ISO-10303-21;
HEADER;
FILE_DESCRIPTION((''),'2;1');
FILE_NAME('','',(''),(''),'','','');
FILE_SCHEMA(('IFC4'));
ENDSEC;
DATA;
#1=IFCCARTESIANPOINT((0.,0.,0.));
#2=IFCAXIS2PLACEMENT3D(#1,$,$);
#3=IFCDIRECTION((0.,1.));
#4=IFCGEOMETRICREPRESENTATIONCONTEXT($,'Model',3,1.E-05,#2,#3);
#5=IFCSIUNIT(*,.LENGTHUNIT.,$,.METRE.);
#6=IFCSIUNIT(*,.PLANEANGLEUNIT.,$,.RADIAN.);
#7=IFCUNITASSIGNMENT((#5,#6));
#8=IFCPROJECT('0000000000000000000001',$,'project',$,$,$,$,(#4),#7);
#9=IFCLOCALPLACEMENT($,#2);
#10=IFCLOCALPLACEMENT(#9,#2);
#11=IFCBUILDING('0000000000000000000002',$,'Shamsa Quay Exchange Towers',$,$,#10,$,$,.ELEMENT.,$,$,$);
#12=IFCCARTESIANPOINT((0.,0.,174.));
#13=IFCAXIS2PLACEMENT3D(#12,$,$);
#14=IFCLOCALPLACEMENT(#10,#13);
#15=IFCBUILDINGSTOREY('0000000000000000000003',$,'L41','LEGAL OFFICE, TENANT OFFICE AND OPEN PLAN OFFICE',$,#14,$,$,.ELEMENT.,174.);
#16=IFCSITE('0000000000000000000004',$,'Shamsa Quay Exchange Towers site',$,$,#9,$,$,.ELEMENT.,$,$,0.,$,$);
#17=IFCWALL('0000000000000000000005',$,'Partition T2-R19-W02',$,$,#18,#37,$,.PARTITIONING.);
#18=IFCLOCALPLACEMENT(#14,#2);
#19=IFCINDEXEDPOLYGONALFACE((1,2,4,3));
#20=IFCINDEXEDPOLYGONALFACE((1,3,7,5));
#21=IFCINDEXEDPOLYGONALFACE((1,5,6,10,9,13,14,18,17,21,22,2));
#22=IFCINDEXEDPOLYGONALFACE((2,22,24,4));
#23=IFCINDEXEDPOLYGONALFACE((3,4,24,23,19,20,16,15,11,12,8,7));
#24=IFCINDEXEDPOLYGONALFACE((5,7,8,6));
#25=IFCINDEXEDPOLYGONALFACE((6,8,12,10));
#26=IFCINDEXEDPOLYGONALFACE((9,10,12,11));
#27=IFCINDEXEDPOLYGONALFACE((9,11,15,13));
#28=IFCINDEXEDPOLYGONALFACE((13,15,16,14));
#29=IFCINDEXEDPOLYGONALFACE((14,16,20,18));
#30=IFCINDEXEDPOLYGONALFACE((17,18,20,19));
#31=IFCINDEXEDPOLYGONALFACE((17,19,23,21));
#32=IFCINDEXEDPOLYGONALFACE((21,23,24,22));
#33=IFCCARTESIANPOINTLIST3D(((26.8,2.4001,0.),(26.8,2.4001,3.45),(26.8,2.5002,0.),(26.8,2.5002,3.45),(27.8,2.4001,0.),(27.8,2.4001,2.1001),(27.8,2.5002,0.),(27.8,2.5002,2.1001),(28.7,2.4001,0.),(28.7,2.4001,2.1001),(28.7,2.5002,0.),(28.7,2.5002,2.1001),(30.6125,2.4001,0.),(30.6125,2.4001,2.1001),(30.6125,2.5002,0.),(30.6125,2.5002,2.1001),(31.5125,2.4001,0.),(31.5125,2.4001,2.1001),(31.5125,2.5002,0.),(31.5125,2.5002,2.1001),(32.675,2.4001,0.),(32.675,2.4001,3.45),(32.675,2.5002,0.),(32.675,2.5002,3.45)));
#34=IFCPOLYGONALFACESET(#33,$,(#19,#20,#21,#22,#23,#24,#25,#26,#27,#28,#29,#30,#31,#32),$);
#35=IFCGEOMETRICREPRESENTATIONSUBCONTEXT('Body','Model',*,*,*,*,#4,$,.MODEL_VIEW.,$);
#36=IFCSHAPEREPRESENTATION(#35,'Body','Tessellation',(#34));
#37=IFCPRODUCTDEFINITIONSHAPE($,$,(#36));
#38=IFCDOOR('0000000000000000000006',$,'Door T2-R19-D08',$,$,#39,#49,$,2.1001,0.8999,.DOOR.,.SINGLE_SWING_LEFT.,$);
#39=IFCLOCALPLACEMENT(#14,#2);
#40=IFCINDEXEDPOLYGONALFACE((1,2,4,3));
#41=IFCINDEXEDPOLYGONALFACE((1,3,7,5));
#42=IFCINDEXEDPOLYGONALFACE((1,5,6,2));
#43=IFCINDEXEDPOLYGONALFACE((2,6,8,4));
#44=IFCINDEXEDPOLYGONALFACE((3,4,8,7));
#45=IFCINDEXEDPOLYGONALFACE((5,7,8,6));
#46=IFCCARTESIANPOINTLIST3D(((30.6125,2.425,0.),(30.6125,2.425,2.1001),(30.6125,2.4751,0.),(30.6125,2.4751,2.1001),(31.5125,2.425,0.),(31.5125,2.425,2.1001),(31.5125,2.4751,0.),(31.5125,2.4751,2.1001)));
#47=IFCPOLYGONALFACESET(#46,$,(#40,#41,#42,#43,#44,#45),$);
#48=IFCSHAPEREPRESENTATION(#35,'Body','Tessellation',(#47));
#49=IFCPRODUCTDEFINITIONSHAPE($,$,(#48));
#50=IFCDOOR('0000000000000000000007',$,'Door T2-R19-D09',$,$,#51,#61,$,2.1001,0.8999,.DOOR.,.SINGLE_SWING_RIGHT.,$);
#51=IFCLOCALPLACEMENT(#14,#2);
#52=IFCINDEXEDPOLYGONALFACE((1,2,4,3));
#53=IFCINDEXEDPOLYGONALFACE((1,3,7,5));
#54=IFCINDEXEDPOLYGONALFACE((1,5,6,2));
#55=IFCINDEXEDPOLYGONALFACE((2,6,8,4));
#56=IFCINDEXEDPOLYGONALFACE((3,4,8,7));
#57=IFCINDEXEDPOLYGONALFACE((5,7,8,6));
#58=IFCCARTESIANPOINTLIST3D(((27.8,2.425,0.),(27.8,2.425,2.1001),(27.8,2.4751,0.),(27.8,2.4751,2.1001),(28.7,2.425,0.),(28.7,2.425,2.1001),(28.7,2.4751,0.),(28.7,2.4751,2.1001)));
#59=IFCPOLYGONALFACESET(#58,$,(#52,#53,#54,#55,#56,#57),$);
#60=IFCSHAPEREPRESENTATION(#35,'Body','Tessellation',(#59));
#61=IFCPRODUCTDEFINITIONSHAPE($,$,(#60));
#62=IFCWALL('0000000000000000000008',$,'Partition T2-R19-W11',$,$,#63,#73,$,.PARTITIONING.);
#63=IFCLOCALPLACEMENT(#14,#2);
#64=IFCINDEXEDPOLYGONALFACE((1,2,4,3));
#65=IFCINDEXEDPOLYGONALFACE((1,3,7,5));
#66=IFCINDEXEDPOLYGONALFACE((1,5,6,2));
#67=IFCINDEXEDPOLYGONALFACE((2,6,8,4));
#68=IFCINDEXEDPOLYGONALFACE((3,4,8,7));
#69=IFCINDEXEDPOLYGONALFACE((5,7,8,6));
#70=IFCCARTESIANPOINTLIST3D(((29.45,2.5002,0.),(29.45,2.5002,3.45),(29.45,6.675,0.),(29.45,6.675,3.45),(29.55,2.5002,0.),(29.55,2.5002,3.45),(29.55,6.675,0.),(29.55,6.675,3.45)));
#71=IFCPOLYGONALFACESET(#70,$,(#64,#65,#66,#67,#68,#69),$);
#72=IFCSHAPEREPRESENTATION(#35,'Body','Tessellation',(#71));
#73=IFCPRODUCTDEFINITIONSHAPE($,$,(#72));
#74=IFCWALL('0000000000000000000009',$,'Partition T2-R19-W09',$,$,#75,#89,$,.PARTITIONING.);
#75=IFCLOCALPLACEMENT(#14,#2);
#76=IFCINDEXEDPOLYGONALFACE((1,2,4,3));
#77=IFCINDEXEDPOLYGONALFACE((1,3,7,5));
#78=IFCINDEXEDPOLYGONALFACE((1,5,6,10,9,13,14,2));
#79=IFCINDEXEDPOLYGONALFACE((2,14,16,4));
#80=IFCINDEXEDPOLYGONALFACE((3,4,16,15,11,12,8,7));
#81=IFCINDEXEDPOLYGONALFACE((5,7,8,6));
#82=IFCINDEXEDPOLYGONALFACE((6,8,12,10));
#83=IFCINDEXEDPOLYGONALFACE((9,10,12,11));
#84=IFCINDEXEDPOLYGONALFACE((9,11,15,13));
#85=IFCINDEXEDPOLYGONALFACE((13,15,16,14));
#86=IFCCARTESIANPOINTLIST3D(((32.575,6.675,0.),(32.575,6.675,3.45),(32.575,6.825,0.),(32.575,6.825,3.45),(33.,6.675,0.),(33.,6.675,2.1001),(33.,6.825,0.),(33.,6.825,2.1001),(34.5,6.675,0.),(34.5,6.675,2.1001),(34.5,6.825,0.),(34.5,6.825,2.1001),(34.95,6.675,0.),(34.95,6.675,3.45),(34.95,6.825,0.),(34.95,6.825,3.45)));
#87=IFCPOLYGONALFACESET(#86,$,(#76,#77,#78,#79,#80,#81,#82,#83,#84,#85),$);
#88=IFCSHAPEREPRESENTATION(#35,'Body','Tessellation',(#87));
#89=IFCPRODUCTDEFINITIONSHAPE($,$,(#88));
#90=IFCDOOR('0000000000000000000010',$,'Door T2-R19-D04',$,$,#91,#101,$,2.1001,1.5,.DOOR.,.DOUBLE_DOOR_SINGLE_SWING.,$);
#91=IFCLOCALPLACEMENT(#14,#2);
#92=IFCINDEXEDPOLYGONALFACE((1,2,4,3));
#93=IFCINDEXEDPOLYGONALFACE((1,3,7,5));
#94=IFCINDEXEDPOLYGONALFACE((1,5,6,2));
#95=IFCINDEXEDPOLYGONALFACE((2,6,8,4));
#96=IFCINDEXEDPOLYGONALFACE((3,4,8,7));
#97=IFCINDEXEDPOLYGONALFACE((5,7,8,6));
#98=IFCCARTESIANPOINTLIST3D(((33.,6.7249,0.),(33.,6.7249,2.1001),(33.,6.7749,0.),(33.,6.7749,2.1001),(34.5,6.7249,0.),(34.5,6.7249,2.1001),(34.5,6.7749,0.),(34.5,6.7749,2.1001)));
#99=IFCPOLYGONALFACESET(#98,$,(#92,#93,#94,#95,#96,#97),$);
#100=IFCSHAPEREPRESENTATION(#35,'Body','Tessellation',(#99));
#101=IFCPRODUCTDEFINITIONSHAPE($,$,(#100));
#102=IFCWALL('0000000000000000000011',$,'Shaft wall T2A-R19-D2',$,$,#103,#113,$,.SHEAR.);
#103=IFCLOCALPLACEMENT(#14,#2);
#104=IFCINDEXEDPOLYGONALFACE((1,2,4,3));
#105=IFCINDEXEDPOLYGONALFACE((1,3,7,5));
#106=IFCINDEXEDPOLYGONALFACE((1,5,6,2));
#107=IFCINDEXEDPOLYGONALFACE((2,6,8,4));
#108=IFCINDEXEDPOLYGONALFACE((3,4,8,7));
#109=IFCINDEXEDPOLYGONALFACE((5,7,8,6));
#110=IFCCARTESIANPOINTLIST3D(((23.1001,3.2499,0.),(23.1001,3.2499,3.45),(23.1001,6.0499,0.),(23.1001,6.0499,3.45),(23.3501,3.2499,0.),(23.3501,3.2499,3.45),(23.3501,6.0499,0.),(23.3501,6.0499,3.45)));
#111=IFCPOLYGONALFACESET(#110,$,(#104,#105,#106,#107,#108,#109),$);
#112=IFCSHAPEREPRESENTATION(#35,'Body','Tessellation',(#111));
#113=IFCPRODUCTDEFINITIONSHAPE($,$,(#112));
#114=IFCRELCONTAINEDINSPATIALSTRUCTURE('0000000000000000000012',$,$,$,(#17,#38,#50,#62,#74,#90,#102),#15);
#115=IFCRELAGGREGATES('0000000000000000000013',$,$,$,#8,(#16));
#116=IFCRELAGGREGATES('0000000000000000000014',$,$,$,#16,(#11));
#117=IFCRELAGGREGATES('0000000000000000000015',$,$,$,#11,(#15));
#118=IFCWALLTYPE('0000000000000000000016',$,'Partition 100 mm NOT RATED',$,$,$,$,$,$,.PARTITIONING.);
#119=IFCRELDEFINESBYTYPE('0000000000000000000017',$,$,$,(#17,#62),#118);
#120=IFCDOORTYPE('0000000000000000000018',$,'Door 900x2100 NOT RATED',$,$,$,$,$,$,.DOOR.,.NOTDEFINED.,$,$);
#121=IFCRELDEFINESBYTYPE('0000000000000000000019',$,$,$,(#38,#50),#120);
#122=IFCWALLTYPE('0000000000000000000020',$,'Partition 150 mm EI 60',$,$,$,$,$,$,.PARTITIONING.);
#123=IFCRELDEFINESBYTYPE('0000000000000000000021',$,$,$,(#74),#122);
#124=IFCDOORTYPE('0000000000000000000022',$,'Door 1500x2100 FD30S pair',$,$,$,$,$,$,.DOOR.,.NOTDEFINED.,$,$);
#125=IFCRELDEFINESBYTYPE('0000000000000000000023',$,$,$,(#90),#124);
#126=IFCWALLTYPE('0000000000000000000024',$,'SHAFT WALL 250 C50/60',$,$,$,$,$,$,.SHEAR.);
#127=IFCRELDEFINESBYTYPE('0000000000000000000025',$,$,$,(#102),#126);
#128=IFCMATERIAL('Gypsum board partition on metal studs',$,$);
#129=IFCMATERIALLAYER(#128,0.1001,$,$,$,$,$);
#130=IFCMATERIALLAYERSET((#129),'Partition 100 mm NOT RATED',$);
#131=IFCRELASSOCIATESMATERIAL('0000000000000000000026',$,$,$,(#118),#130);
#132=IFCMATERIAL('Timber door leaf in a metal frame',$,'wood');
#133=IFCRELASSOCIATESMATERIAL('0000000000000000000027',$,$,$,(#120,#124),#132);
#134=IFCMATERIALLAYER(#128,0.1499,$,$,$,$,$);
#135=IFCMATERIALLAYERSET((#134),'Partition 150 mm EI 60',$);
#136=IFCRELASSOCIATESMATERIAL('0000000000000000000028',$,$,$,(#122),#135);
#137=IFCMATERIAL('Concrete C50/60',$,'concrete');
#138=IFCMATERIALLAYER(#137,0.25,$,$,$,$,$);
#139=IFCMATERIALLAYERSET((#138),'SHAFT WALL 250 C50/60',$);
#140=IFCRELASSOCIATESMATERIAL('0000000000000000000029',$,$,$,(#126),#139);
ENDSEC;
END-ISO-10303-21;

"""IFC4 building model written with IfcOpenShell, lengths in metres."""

from ifc_helpers import new_model, si_unit, direction, frame, frame_2d, origin, place, context, subcontext, project, spatial, rectangle, extrude, material, layer, layer_set, type_object, element, fill, save


model = new_model("IFC4")

# Units and contexts
model_context = context("Model", 3, precision=1e-05, world=origin(), true_north=direction((0.0, 1.0)))
body_context = subcontext(model_context, "Body", "Model", "MODEL_VIEW")
ifc_project = project(units=[si_unit("LENGTHUNIT", "METRE"), si_unit("PLANEANGLEUNIT", "RADIAN")], contexts=[model_context])

# Site, building, storey
site_placement = place(None, origin())
site = spatial("IfcSite", under=ifc_project, at=site_placement, Name="Shamsa Quay Exchange Towers site", CompositionType="ELEMENT", RefElevation=0.0)
building_placement = place(site_placement, origin())
building = spatial("IfcBuilding", under=site, at=building_placement, Name="Shamsa Quay Exchange Towers", CompositionType="ELEMENT")
storey_placement = place(building_placement, frame((0.0, 0.0, 174.0)))
storey = spatial("IfcBuildingStorey", under=building, at=storey_placement, Name="L41", Description="LEGAL OFFICE, TENANT OFFICE AND OPEN PLAN OFFICE", CompositionType="ELEMENT", Elevation=174.0)

# Wall, openings, doors
ifc_material_1 = material(Name="Gypsum board partition on metal studs")
ifc_layer_1 = layer(ifc_material_1, 0.1001)
ifc_layer_set_1 = layer_set([ifc_layer_1], Name="Partition 100 mm NOT RATED")
wall_type_1 = type_object("IfcWallType", Name="Partition 100 mm NOT RATED", PredefinedType="PARTITIONING", material=ifc_layer_set_1)
wall_1_placement = place(storey_placement, frame((26.8, 2.4502, 0.0)))
wall_1 = element("IfcWall", 1, at=wall_1_placement, inside=storey, type_object=wall_type_1, Name="Partition T2-R19-W02", PredefinedType="PARTITIONING", context=body_context, shape_type="SweptSolid", body=[
    extrude(rectangle(XDim=5.875, YDim=0.1001, at=frame_2d((2.9375, 0.0))), origin(), (0.0, 0.0, 1.0), 3.45),
])
opening_1_placement = place(wall_1_placement, frame((3.8125, 0.0, 0.0)))
opening_1 = element("IfcOpeningElement", 2, at=opening_1_placement, cuts=wall_1, PredefinedType="OPENING", context=body_context, shape_type="SweptSolid", body=[
    extrude(rectangle(XDim=0.8999, YDim=2.1001, at=frame_2d((0.45, 1.05))), frame((0.0, 0.0601, 0.0), z_axis=(0.0, -1.0, 0.0), x_axis=(1.0, 0.0, 0.0)), (0.0, 0.0, 1.0), 0.1201),
])
opening_2_placement = place(wall_1_placement, frame((1.0, 0.0, 0.0)))
opening_2 = element("IfcOpeningElement", 3, at=opening_2_placement, cuts=wall_1, PredefinedType="OPENING", context=body_context, shape_type="SweptSolid", body=[
    extrude(rectangle(XDim=0.8999, YDim=2.1001, at=frame_2d((0.45, 1.05))), frame((0.0, 0.0601, 0.0), z_axis=(0.0, -1.0, 0.0), x_axis=(1.0, 0.0, 0.0)), (0.0, 0.0, 1.0), 0.1201),
])
ifc_material_2 = material(Name="Timber door leaf in a metal frame", Category="wood")
door_type_1 = type_object("IfcDoorType", Name="Door 900x2100 NOT RATED", OperationType="NOTDEFINED", PredefinedType="DOOR", material=ifc_material_2)
door_1_placement = place(opening_1_placement, origin())
door_1 = element("IfcDoor", 4, at=door_1_placement, inside=storey, type_object=door_type_1, Name="Door T2-R19-D08", OperationType="SINGLE_SWING_LEFT", OverallHeight=2.1001, OverallWidth=0.8999, PredefinedType="DOOR", context=body_context, shape_type="SweptSolid", body=[
    extrude(rectangle(XDim=0.8999, YDim=2.1001, at=frame_2d((0.45, 1.05))), frame((0.0, 0.0249, 0.0), z_axis=(0.0, -1.0, 0.0), x_axis=(1.0, 0.0, 0.0)), (0.0, 0.0, 1.0), 0.05),
])
fill(opening_1, door_1)
door_2_placement = place(opening_2_placement, origin())
door_2 = element("IfcDoor", 5, at=door_2_placement, inside=storey, type_object=door_type_1, Name="Door T2-R19-D09", OperationType="SINGLE_SWING_RIGHT", OverallHeight=2.1001, OverallWidth=0.8999, PredefinedType="DOOR", context=body_context, shape_type="SweptSolid", body=[
    extrude(rectangle(XDim=0.8999, YDim=2.1001, at=frame_2d((0.45, 1.05))), frame((0.0, 0.0249, 0.0), z_axis=(0.0, -1.0, 0.0), x_axis=(1.0, 0.0, 0.0)), (0.0, 0.0, 1.0), 0.05),
])
fill(opening_2, door_2)

# Wall
wall_2_placement = place(storey_placement, frame((29.5, 6.675, 0.0), z_axis=(0.0, 0.0, 1.0), x_axis=(0.0, -1.0, 0.0)))
element("IfcWall", 6, at=wall_2_placement, inside=storey, type_object=wall_type_1, Name="Partition T2-R19-W11", PredefinedType="PARTITIONING", context=body_context, shape_type="SweptSolid", body=[
    extrude(rectangle(XDim=4.1748, YDim=0.1001, at=frame_2d((2.0874, 0.0))), origin(), (0.0, 0.0, 1.0), 3.45),
])

# Wall, opening, door
ifc_layer_2 = layer(ifc_material_1, 0.1499)
ifc_layer_set_2 = layer_set([ifc_layer_2], Name="Partition 150 mm EI 60")
wall_type_2 = type_object("IfcWallType", Name="Partition 150 mm EI 60", PredefinedType="PARTITIONING", material=ifc_layer_set_2)
wall_3_placement = place(storey_placement, frame((32.575, 6.75, 0.0)))
wall_3 = element("IfcWall", 7, at=wall_3_placement, inside=storey, type_object=wall_type_2, Name="Partition T2-R19-W09", PredefinedType="PARTITIONING", context=body_context, shape_type="SweptSolid", body=[
    extrude(rectangle(XDim=2.375, YDim=0.1499, at=frame_2d((1.1875, 0.0))), origin(), (0.0, 0.0, 1.0), 3.45),
])
opening_3_placement = place(wall_3_placement, frame((0.425, 0.0, 0.0)))
opening_3 = element("IfcOpeningElement", 8, at=opening_3_placement, cuts=wall_3, PredefinedType="OPENING", context=body_context, shape_type="SweptSolid", body=[
    extrude(rectangle(XDim=1.5, YDim=2.1001, at=frame_2d((0.75, 1.05))), frame((0.0, 0.085, 0.0), z_axis=(0.0, -1.0, 0.0), x_axis=(1.0, 0.0, 0.0)), (0.0, 0.0, 1.0), 0.1699),
])
door_type_2 = type_object("IfcDoorType", Name="Door 1500x2100 FD30S pair", OperationType="NOTDEFINED", PredefinedType="DOOR", material=ifc_material_2)
door_3_placement = place(opening_3_placement, origin())
door_3 = element("IfcDoor", 9, at=door_3_placement, inside=storey, type_object=door_type_2, Name="Door T2-R19-D04", OperationType="DOUBLE_DOOR_SINGLE_SWING", OverallHeight=2.1001, OverallWidth=1.5, PredefinedType="DOOR", context=body_context, shape_type="SweptSolid", body=[
    extrude(rectangle(XDim=1.5, YDim=2.1001, at=frame_2d((0.75, 1.05))), frame((0.0, 0.0249, 0.0), z_axis=(0.0, -1.0, 0.0), x_axis=(1.0, 0.0, 0.0)), (0.0, 0.0, 1.0), 0.05),
])
fill(opening_3, door_3)

# Wall
ifc_material_3 = material(Name="Concrete C50/60", Category="concrete")
ifc_layer_3 = layer(ifc_material_3, 0.25)
ifc_layer_set_3 = layer_set([ifc_layer_3], Name="SHAFT WALL 250 C50/60")
wall_type_3 = type_object("IfcWallType", Name="SHAFT WALL 250 C50/60", PredefinedType="SHEAR", material=ifc_layer_set_3)
wall_4_placement = place(storey_placement, frame((23.2251, 3.25, 0.0), z_axis=(0.0, 0.0, 1.0), x_axis=(0.0, 1.0, 0.0)))
element("IfcWall", 10, at=wall_4_placement, inside=storey, type_object=wall_type_3, Name="Shaft wall T2A-R19-D2", PredefinedType="SHEAR", context=body_context, shape_type="SweptSolid", body=[
    extrude(rectangle(XDim=2.8, YDim=0.25, at=frame_2d((1.3999, 0.0))), origin(), (0.0, 0.0, 1.0), 3.45),
])

save(model, "model.ifc")
